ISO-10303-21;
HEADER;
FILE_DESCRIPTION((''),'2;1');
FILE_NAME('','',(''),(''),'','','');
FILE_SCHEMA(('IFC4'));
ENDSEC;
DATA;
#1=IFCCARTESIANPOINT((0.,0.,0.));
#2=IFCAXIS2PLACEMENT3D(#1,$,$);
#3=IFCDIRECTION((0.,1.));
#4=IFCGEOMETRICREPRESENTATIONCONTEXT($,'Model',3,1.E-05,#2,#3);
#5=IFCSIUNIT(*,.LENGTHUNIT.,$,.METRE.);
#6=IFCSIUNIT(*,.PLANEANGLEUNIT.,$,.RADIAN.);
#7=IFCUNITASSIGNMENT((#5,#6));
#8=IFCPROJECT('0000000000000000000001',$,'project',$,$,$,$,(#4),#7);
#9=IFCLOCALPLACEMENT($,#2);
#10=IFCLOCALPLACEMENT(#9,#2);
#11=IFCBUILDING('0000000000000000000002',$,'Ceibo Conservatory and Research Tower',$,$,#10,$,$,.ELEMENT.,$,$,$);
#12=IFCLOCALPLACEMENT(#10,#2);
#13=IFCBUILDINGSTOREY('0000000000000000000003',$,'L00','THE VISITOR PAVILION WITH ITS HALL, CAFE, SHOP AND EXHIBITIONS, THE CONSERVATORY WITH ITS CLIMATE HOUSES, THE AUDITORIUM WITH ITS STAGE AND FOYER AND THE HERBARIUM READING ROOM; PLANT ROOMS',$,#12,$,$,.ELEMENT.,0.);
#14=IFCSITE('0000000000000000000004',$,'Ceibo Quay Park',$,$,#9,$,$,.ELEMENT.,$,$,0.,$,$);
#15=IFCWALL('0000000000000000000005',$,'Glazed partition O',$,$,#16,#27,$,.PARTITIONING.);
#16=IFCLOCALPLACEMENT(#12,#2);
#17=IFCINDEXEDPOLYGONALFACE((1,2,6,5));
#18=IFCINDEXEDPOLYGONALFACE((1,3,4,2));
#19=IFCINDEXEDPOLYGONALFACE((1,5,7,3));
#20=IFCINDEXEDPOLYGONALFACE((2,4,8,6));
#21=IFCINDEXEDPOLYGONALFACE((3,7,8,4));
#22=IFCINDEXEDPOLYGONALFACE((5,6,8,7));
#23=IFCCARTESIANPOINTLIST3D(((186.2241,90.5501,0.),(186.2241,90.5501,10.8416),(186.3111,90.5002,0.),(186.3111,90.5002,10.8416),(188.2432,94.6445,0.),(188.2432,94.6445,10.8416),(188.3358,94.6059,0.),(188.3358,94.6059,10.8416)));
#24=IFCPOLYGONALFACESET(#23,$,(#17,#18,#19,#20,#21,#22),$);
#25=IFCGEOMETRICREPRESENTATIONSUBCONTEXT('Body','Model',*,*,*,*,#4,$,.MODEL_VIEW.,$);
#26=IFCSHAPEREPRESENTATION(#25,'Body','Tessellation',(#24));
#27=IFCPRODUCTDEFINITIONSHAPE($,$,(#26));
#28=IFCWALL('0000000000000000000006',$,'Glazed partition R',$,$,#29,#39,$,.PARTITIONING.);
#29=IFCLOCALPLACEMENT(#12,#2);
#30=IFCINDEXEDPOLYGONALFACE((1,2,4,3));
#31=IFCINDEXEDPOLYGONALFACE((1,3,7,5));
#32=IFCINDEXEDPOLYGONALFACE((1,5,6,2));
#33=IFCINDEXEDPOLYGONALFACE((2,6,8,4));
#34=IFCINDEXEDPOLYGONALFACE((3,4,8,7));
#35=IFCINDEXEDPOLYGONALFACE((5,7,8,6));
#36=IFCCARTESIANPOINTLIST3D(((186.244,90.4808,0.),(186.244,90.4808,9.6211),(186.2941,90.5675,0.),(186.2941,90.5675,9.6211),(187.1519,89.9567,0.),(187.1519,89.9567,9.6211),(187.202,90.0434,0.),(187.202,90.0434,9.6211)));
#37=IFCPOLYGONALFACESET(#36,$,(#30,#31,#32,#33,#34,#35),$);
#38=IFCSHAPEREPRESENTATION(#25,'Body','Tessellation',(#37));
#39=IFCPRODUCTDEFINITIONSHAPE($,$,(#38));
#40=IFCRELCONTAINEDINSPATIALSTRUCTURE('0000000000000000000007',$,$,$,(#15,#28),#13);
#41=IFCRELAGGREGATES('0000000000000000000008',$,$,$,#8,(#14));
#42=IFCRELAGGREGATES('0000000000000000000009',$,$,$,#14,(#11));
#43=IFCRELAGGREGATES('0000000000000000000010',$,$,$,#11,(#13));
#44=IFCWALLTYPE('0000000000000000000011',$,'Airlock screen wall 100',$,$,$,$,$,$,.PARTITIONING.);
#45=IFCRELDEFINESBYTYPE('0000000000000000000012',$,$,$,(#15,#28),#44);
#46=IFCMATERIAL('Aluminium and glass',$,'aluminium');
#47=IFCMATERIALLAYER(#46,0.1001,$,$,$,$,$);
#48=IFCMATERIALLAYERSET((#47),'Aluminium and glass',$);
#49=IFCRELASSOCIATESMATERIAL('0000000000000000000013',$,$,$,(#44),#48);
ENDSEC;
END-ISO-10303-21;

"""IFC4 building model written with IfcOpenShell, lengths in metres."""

from ifc_helpers import new_model, si_unit, direction, frame, frame_2d, origin, place, context, subcontext, project, spatial, polyline, rectangle, outline, extrude, material, layer, layer_set, type_object, element, save


model = new_model("IFC4")

# Units and contexts
model_context = context("Model", 3, precision=1e-05, world=origin(), true_north=direction((0.0, 1.0)))
body_context = subcontext(model_context, "Body", "Model", "MODEL_VIEW")
ifc_project = project(units=[si_unit("LENGTHUNIT", "METRE"), si_unit("PLANEANGLEUNIT", "RADIAN")], contexts=[model_context])

# Site, building, storey
site_placement = place(None, origin())
site = spatial("IfcSite", under=ifc_project, at=site_placement, Name="Ceibo Quay Park", CompositionType="ELEMENT", RefElevation=0.0)
building_placement = place(site_placement, origin())
building = spatial("IfcBuilding", under=site, at=building_placement, Name="Ceibo Conservatory and Research Tower", CompositionType="ELEMENT")
storey_placement = place(building_placement, origin())
storey = spatial("IfcBuildingStorey", under=building, at=storey_placement, Name="L00", Description="THE VISITOR PAVILION WITH ITS HALL, CAFE, SHOP AND EXHIBITIONS, THE CONSERVATORY WITH ITS CLIMATE HOUSES, THE AUDITORIUM WITH ITS STAGE AND FOYER AND THE HERBARIUM READING ROOM; PLANT ROOMS", CompositionType="ELEMENT", Elevation=0.0)

# Shared definitions
ifc_material_1 = material(Name="Aluminium and glass", Category="aluminium")

# Walls
ifc_layer_1 = layer(ifc_material_1, 0.1001)
ifc_layer_set_1 = layer_set([ifc_layer_1], Name="Aluminium and glass")
wall_type = type_object("IfcWallType", Name="Airlock screen wall 100", PredefinedType="PARTITIONING", material=ifc_layer_set_1)
wall_1_placement = place(storey_placement, frame((186.2676, 90.5251, 0.0), z_axis=(0.0, 0.0, 1.0), x_axis=(0.442294, 0.89687, 0.0)))
element("IfcWall", 1, at=wall_1_placement, inside=storey, type_object=wall_type, Name="Glazed partition O", PredefinedType="PARTITIONING", context=body_context, shape_type="SweptSolid", body=[
    extrude(outline(polyline([(-0.0032, -0.05), (4.5747, -0.05), (4.5684, 0.05), (0.0032, 0.05), (-0.0032, -0.05)])), origin(), (0.0, 0.0, 1.0), 10.8416),
])
wall_2_placement = place(storey_placement, frame((186.269, 90.5242, 0.0), z_axis=(0.0, 0.0, 1.0), x_axis=(0.866042, -0.499971, 0.0)))
element("IfcWall", 2, at=wall_2_placement, inside=storey, type_object=wall_type, Name="Glazed partition R", PredefinedType="PARTITIONING", context=body_context, shape_type="SweptSolid", body=[
    extrude(rectangle(XDim=1.0483, YDim=0.1001, at=frame_2d((0.5242, 0.0))), origin(), (0.0, 0.0, 1.0), 9.6211),
])

save(model, "model.ifc")
